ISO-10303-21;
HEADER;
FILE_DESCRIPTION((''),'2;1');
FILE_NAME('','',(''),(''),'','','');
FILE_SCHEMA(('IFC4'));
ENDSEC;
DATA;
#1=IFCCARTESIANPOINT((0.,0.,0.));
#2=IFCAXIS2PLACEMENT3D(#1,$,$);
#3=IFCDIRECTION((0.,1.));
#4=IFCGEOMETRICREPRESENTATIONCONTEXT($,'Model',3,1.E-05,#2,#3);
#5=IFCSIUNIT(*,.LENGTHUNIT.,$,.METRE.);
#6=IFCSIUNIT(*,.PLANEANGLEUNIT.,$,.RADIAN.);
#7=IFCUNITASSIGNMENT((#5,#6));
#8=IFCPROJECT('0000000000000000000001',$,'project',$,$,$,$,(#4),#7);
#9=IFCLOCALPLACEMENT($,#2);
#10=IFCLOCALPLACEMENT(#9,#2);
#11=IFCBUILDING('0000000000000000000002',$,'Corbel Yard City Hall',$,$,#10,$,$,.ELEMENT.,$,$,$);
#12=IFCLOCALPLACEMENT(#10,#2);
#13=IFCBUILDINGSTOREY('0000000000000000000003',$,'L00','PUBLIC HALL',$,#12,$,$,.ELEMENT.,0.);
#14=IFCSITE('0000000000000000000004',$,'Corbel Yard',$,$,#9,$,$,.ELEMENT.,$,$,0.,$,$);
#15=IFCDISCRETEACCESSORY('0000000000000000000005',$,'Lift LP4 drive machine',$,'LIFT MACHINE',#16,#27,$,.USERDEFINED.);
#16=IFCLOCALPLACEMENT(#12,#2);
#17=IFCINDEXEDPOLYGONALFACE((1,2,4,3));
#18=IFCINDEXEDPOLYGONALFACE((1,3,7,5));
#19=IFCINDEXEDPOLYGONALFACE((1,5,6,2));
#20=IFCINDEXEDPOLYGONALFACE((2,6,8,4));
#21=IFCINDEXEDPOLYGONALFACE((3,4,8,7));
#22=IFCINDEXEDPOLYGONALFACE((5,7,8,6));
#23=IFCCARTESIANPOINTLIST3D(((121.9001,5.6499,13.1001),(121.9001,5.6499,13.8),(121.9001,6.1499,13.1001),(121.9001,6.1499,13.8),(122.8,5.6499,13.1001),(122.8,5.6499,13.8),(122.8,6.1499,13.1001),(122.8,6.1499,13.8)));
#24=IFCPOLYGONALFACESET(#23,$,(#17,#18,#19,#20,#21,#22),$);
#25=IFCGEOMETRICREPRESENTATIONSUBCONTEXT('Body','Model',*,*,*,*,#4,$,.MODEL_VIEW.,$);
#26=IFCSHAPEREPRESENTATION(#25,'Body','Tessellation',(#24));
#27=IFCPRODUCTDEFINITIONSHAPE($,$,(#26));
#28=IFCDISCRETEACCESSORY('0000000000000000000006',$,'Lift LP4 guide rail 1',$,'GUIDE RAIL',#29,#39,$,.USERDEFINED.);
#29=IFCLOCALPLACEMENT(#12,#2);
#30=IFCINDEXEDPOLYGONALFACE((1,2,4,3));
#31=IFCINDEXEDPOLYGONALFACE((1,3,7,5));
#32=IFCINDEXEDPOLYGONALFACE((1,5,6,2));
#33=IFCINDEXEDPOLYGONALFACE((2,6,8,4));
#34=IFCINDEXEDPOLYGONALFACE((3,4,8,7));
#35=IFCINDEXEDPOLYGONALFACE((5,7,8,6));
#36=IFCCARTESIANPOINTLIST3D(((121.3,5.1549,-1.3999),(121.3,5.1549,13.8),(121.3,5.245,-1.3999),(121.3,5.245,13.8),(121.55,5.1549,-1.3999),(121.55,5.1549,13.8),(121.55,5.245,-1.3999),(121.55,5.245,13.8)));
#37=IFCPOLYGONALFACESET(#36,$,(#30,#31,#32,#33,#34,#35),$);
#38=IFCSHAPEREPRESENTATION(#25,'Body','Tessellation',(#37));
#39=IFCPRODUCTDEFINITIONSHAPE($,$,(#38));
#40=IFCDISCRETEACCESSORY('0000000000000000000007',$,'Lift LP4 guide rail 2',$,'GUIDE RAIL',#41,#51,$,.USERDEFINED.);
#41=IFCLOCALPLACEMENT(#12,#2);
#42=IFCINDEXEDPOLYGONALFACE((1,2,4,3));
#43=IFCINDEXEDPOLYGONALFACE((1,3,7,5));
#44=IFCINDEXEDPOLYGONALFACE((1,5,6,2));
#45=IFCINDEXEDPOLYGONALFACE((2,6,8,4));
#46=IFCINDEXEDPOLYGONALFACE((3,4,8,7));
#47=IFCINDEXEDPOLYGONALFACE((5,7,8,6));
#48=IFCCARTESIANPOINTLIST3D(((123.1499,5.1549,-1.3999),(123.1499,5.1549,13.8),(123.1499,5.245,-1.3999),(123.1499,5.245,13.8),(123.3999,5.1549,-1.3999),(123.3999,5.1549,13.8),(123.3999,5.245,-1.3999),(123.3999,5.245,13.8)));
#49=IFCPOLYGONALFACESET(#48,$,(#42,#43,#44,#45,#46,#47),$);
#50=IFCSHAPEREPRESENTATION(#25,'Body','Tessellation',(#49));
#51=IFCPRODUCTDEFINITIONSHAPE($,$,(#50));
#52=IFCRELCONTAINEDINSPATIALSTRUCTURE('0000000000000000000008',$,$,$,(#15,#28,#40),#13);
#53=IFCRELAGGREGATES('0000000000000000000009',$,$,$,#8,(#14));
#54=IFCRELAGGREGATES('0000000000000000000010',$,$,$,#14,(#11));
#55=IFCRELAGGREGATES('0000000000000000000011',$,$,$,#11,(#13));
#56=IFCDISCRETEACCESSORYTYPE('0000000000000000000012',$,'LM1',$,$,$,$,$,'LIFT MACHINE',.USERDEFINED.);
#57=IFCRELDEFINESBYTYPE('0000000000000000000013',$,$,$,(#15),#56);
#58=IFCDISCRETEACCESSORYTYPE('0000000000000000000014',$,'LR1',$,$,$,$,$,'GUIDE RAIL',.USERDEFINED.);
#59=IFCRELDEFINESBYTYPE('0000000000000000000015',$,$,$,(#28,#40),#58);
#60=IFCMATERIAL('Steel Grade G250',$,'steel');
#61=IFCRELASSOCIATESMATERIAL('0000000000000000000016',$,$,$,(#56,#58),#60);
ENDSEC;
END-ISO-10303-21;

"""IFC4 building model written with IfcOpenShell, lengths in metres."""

from ifc_helpers import new_model, si_unit, direction, frame, origin, origin_2d, place, context, subcontext, project, spatial, rectangle, extrude, material, type_object, element, save


model = new_model("IFC4")

# Units and contexts
model_context = context("Model", 3, precision=1e-05, world=origin(), true_north=direction((0.0, 1.0)))
body_context = subcontext(model_context, "Body", "Model", "MODEL_VIEW")
ifc_project = project(units=[si_unit("LENGTHUNIT", "METRE"), si_unit("PLANEANGLEUNIT", "RADIAN")], contexts=[model_context])

# Site, building, storey
site_placement = place(None, origin())
site = spatial("IfcSite", under=ifc_project, at=site_placement, Name="Corbel Yard", CompositionType="ELEMENT", RefElevation=0.0)
building_placement = place(site_placement, origin())
building = spatial("IfcBuilding", under=site, at=building_placement, Name="Corbel Yard City Hall", CompositionType="ELEMENT")
storey_placement = place(building_placement, origin())
storey = spatial("IfcBuildingStorey", under=building, at=storey_placement, Name="L00", Description="PUBLIC HALL", CompositionType="ELEMENT", Elevation=0.0)

# Shared definitions
ifc_material_1 = material(Name="Steel Grade G250", Category="steel")

# Discrete accessories
discrete_accessory_type_1 = type_object("IfcDiscreteAccessoryType", Name="LM1", ElementType="LIFT MACHINE", PredefinedType="USERDEFINED", material=ifc_material_1)
discrete_accessory_placement = place(storey_placement, frame((122.3501, 5.8999, 13.1001), z_axis=(0.0, 0.0, 1.0), x_axis=(1.0, 0.0, 0.0)))
element("IfcDiscreteAccessory", 1, at=discrete_accessory_placement, inside=storey, type_object=discrete_accessory_type_1, Name="Lift LP4 drive machine", ObjectType="LIFT MACHINE", PredefinedType="USERDEFINED", context=body_context, shape_type="SweptSolid", body=[
    extrude(rectangle(XDim=0.8999, YDim=0.5, at=origin_2d()), origin(), (0.0, 0.0, 1.0), 0.7),
])
discrete_accessory_type_2 = type_object("IfcDiscreteAccessoryType", Name="LR1", ElementType="GUIDE RAIL", PredefinedType="USERDEFINED", material=ifc_material_1)
for number, where, z_axis, x_axis, name in (
    (2, (121.425, 5.2, -1.3999), (0.0, 0.0, 1.0), (1.0, 0.0, 0.0), "Lift LP4 guide rail 1"),
    (3, (123.2749, 5.2, -1.3999), (0.0, 0.0, 1.0), (1.0, 0.0, 0.0), "Lift LP4 guide rail 2"),
):
    element("IfcDiscreteAccessory", number, at=place(storey_placement, frame(where, z_axis=z_axis, x_axis=x_axis)), inside=storey, type_object=discrete_accessory_type_2, Name=name, ObjectType="GUIDE RAIL", PredefinedType="USERDEFINED", context=body_context, shape_type="SweptSolid", body=[
        extrude(rectangle(XDim=0.25, YDim=0.0901, at=origin_2d()), origin(), (0.0, 0.0, 1.0), 15.2),
    ])

save(model, "model.ifc")
